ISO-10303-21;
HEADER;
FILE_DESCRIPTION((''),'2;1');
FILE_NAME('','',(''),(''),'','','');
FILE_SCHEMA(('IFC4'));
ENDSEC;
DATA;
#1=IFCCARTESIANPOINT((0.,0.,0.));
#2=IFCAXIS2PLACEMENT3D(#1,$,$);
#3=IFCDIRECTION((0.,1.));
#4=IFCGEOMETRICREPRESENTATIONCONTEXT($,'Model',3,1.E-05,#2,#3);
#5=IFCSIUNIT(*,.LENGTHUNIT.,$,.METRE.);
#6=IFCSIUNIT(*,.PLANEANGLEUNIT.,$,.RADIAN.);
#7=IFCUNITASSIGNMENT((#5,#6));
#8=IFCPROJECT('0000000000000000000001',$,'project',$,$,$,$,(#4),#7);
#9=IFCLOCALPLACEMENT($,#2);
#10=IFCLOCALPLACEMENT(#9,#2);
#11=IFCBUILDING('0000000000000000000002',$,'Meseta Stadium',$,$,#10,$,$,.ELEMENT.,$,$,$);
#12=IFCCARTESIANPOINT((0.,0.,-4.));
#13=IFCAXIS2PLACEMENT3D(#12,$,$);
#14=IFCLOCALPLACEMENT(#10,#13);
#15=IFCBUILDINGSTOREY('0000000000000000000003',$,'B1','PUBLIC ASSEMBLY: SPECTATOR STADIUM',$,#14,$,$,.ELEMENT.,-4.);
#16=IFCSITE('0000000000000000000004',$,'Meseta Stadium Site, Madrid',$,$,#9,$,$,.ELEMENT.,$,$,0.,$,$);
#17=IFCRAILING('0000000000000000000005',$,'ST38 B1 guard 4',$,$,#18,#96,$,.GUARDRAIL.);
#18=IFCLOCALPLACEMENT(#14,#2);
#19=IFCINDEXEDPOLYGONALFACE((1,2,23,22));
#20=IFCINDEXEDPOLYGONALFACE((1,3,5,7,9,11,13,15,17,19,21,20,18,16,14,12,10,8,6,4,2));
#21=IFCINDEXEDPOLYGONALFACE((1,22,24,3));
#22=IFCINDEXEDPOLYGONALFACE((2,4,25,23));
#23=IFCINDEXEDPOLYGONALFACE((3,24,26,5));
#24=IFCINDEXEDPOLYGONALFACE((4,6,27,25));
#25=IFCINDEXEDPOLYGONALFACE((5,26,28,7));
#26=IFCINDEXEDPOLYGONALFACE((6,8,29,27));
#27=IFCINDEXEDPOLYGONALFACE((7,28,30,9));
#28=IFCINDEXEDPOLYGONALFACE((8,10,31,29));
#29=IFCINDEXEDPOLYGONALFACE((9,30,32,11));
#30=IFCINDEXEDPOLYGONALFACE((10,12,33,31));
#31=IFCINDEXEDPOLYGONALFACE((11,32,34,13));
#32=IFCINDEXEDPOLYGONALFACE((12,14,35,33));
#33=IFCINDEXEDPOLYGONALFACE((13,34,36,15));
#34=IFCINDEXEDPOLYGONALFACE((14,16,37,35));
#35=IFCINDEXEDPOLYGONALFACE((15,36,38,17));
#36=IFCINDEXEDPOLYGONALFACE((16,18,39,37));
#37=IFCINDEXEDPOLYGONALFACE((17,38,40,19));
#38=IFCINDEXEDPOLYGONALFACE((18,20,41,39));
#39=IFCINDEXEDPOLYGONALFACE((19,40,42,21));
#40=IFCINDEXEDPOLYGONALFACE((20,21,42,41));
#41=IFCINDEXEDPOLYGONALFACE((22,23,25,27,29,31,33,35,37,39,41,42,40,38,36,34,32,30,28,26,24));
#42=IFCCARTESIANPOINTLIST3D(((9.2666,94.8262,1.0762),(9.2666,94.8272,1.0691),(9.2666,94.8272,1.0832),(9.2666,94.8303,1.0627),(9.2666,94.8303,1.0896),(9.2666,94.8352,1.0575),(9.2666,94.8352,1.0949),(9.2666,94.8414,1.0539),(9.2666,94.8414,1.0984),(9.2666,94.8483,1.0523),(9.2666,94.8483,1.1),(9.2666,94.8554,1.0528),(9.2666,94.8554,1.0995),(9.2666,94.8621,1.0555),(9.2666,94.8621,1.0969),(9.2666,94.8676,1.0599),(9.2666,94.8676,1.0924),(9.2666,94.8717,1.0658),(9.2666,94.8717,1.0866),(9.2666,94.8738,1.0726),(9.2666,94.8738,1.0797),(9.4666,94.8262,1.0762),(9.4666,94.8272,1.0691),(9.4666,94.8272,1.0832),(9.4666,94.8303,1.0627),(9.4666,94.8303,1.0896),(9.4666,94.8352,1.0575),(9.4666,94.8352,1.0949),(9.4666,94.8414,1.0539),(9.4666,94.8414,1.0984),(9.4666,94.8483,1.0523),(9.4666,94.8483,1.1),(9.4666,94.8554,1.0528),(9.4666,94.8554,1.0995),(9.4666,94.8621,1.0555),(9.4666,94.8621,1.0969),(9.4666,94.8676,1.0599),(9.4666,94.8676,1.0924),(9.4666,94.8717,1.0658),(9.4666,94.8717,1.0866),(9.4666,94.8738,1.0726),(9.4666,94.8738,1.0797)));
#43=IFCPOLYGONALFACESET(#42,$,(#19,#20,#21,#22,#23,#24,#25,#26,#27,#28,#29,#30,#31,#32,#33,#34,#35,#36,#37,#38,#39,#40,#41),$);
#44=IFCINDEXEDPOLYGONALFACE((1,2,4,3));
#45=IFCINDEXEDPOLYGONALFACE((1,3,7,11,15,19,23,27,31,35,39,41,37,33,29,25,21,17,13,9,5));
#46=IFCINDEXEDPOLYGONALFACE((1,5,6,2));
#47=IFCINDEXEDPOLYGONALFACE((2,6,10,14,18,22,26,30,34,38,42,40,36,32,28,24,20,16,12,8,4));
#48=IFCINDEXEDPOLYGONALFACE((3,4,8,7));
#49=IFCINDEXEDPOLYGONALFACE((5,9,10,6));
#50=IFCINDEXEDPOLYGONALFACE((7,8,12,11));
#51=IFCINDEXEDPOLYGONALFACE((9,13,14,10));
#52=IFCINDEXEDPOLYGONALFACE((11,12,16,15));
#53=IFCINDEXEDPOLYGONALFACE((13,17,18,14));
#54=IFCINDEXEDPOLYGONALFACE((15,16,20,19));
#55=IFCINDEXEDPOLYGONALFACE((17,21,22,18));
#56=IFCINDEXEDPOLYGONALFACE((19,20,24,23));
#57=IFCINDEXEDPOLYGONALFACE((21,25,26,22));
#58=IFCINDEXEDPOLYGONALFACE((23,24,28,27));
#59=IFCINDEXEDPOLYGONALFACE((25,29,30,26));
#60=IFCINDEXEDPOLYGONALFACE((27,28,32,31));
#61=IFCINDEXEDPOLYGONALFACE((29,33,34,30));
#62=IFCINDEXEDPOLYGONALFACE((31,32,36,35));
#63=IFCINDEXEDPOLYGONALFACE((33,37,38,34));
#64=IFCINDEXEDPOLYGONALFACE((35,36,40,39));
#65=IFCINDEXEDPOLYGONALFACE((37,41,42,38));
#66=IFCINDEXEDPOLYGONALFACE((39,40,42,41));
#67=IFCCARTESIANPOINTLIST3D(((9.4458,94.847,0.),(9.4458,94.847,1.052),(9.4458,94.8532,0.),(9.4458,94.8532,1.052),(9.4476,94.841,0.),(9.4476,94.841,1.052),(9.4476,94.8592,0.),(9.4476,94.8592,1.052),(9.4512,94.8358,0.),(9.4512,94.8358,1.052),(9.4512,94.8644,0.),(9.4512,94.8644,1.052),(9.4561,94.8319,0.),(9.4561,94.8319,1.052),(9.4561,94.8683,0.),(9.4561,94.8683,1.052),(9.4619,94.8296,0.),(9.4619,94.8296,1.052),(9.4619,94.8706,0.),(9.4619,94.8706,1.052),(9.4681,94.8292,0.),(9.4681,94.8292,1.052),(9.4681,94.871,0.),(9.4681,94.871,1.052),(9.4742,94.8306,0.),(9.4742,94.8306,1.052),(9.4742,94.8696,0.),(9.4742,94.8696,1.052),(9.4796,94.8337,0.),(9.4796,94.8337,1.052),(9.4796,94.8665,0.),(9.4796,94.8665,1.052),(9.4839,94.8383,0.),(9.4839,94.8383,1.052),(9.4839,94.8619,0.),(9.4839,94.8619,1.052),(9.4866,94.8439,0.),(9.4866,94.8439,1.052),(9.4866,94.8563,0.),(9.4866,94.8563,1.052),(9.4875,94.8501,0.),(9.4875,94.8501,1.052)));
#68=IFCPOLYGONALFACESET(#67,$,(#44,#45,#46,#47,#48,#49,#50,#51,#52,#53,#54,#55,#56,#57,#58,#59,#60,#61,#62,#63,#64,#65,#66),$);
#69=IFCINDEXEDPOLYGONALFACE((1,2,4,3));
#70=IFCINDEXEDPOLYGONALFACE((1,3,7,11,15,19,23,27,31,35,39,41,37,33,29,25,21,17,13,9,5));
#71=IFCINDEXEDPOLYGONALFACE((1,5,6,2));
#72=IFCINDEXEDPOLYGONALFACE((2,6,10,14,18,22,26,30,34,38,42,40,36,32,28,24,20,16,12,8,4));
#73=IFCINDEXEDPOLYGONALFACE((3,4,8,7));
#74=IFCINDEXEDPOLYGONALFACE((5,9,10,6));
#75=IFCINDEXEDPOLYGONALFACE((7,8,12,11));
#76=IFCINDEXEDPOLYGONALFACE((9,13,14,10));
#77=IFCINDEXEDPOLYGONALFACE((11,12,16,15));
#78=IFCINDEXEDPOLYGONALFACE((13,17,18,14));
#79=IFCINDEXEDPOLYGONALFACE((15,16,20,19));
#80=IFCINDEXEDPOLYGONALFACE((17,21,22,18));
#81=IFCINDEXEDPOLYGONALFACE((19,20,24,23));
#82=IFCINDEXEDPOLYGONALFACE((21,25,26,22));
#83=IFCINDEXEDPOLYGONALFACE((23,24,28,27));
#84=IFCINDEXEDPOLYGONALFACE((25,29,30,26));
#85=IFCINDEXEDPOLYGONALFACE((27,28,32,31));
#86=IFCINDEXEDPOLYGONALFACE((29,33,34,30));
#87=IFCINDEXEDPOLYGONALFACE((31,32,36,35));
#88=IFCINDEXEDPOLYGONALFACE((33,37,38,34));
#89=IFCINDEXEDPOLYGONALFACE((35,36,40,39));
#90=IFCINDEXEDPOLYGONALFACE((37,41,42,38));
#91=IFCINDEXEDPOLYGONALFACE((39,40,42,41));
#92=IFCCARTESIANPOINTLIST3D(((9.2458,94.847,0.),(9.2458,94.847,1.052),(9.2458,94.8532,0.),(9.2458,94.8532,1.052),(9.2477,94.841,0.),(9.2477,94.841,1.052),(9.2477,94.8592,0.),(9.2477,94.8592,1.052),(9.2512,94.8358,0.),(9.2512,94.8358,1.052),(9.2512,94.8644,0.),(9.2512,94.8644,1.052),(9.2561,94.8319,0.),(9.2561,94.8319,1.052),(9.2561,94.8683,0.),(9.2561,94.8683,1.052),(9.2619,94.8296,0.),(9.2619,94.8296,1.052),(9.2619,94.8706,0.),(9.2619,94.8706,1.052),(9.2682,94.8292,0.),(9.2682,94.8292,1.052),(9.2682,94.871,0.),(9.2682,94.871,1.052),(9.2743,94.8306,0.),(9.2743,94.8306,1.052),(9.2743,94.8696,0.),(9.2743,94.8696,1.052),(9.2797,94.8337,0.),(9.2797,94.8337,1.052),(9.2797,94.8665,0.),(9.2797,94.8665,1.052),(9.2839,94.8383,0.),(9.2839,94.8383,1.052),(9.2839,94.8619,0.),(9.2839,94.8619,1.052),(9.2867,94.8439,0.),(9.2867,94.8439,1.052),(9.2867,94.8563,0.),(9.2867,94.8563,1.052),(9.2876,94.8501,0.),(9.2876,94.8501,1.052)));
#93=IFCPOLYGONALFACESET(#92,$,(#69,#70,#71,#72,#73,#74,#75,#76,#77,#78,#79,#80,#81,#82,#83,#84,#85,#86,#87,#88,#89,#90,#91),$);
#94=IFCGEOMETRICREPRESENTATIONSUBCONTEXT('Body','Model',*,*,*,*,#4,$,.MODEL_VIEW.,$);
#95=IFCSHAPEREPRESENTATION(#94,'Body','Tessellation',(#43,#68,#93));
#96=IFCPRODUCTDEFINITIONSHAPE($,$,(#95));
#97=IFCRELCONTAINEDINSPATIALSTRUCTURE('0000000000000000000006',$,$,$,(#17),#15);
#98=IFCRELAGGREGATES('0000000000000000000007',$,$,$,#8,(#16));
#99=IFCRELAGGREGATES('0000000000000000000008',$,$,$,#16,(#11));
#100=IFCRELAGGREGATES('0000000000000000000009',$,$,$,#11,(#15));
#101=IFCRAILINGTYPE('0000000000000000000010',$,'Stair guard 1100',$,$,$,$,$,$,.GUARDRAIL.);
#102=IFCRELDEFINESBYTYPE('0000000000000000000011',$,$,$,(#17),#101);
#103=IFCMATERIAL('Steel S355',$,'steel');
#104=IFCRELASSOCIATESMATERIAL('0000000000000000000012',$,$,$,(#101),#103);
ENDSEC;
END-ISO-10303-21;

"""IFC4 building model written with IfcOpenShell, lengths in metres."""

from ifc_helpers import new_model, si_unit, direction, frame, origin, origin_2d, place, context, subcontext, project, spatial, circle, extrude, material, type_object, element, save


model = new_model("IFC4")

# Units and contexts
model_context = context("Model", 3, precision=1e-05, world=origin(), true_north=direction((0.0, 1.0)))
body_context = subcontext(model_context, "Body", "Model", "MODEL_VIEW")
ifc_project = project(units=[si_unit("LENGTHUNIT", "METRE"), si_unit("PLANEANGLEUNIT", "RADIAN")], contexts=[model_context])

# Site, building, storey
site_placement = place(None, origin())
site = spatial("IfcSite", under=ifc_project, at=site_placement, Name="Meseta Stadium Site, Madrid", CompositionType="ELEMENT", RefElevation=0.0)
building_placement = place(site_placement, origin())
building = spatial("IfcBuilding", under=site, at=building_placement, Name="Meseta Stadium", CompositionType="ELEMENT")
storey_placement = place(building_placement, frame((0.0, 0.0, -4.0)))
storey = spatial("IfcBuildingStorey", under=building, at=storey_placement, Name="B1", Description="PUBLIC ASSEMBLY: SPECTATOR STADIUM", CompositionType="ELEMENT", Elevation=-4.0)

# Railing
ifc_material_1 = material(Name="Steel S355", Category="steel")
railing_type_1 = type_object("IfcRailingType", Name="Stair guard 1100", PredefinedType="GUARDRAIL", material=ifc_material_1)
railing_1_placement = place(storey_placement, frame((9.4666, 94.8501, 0.0)))
element("IfcRailing", 1, at=railing_1_placement, inside=storey, type_object=railing_type_1, Name="ST38 B1 guard 4", PredefinedType="GUARDRAIL", context=body_context, shape_type="SweptSolid", body=[
    extrude(circle(Radius=0.0239, at=origin_2d()), frame((0.0, 0.0, 1.0762), z_axis=(-1.0, 0.0, 0.0), x_axis=(0.0, -1.0, 0.0)), (0.0, 0.0, 1.0), 0.2),
    extrude(circle(Radius=0.021, at=origin_2d()), origin(), (0.0, 0.0, 1.0), 1.052),
    extrude(circle(Radius=0.021, at=origin_2d()), frame((-0.2, 0.0, 0.0)), (0.0, 0.0, 1.0), 1.052),
])

save(model, "model.ifc")
